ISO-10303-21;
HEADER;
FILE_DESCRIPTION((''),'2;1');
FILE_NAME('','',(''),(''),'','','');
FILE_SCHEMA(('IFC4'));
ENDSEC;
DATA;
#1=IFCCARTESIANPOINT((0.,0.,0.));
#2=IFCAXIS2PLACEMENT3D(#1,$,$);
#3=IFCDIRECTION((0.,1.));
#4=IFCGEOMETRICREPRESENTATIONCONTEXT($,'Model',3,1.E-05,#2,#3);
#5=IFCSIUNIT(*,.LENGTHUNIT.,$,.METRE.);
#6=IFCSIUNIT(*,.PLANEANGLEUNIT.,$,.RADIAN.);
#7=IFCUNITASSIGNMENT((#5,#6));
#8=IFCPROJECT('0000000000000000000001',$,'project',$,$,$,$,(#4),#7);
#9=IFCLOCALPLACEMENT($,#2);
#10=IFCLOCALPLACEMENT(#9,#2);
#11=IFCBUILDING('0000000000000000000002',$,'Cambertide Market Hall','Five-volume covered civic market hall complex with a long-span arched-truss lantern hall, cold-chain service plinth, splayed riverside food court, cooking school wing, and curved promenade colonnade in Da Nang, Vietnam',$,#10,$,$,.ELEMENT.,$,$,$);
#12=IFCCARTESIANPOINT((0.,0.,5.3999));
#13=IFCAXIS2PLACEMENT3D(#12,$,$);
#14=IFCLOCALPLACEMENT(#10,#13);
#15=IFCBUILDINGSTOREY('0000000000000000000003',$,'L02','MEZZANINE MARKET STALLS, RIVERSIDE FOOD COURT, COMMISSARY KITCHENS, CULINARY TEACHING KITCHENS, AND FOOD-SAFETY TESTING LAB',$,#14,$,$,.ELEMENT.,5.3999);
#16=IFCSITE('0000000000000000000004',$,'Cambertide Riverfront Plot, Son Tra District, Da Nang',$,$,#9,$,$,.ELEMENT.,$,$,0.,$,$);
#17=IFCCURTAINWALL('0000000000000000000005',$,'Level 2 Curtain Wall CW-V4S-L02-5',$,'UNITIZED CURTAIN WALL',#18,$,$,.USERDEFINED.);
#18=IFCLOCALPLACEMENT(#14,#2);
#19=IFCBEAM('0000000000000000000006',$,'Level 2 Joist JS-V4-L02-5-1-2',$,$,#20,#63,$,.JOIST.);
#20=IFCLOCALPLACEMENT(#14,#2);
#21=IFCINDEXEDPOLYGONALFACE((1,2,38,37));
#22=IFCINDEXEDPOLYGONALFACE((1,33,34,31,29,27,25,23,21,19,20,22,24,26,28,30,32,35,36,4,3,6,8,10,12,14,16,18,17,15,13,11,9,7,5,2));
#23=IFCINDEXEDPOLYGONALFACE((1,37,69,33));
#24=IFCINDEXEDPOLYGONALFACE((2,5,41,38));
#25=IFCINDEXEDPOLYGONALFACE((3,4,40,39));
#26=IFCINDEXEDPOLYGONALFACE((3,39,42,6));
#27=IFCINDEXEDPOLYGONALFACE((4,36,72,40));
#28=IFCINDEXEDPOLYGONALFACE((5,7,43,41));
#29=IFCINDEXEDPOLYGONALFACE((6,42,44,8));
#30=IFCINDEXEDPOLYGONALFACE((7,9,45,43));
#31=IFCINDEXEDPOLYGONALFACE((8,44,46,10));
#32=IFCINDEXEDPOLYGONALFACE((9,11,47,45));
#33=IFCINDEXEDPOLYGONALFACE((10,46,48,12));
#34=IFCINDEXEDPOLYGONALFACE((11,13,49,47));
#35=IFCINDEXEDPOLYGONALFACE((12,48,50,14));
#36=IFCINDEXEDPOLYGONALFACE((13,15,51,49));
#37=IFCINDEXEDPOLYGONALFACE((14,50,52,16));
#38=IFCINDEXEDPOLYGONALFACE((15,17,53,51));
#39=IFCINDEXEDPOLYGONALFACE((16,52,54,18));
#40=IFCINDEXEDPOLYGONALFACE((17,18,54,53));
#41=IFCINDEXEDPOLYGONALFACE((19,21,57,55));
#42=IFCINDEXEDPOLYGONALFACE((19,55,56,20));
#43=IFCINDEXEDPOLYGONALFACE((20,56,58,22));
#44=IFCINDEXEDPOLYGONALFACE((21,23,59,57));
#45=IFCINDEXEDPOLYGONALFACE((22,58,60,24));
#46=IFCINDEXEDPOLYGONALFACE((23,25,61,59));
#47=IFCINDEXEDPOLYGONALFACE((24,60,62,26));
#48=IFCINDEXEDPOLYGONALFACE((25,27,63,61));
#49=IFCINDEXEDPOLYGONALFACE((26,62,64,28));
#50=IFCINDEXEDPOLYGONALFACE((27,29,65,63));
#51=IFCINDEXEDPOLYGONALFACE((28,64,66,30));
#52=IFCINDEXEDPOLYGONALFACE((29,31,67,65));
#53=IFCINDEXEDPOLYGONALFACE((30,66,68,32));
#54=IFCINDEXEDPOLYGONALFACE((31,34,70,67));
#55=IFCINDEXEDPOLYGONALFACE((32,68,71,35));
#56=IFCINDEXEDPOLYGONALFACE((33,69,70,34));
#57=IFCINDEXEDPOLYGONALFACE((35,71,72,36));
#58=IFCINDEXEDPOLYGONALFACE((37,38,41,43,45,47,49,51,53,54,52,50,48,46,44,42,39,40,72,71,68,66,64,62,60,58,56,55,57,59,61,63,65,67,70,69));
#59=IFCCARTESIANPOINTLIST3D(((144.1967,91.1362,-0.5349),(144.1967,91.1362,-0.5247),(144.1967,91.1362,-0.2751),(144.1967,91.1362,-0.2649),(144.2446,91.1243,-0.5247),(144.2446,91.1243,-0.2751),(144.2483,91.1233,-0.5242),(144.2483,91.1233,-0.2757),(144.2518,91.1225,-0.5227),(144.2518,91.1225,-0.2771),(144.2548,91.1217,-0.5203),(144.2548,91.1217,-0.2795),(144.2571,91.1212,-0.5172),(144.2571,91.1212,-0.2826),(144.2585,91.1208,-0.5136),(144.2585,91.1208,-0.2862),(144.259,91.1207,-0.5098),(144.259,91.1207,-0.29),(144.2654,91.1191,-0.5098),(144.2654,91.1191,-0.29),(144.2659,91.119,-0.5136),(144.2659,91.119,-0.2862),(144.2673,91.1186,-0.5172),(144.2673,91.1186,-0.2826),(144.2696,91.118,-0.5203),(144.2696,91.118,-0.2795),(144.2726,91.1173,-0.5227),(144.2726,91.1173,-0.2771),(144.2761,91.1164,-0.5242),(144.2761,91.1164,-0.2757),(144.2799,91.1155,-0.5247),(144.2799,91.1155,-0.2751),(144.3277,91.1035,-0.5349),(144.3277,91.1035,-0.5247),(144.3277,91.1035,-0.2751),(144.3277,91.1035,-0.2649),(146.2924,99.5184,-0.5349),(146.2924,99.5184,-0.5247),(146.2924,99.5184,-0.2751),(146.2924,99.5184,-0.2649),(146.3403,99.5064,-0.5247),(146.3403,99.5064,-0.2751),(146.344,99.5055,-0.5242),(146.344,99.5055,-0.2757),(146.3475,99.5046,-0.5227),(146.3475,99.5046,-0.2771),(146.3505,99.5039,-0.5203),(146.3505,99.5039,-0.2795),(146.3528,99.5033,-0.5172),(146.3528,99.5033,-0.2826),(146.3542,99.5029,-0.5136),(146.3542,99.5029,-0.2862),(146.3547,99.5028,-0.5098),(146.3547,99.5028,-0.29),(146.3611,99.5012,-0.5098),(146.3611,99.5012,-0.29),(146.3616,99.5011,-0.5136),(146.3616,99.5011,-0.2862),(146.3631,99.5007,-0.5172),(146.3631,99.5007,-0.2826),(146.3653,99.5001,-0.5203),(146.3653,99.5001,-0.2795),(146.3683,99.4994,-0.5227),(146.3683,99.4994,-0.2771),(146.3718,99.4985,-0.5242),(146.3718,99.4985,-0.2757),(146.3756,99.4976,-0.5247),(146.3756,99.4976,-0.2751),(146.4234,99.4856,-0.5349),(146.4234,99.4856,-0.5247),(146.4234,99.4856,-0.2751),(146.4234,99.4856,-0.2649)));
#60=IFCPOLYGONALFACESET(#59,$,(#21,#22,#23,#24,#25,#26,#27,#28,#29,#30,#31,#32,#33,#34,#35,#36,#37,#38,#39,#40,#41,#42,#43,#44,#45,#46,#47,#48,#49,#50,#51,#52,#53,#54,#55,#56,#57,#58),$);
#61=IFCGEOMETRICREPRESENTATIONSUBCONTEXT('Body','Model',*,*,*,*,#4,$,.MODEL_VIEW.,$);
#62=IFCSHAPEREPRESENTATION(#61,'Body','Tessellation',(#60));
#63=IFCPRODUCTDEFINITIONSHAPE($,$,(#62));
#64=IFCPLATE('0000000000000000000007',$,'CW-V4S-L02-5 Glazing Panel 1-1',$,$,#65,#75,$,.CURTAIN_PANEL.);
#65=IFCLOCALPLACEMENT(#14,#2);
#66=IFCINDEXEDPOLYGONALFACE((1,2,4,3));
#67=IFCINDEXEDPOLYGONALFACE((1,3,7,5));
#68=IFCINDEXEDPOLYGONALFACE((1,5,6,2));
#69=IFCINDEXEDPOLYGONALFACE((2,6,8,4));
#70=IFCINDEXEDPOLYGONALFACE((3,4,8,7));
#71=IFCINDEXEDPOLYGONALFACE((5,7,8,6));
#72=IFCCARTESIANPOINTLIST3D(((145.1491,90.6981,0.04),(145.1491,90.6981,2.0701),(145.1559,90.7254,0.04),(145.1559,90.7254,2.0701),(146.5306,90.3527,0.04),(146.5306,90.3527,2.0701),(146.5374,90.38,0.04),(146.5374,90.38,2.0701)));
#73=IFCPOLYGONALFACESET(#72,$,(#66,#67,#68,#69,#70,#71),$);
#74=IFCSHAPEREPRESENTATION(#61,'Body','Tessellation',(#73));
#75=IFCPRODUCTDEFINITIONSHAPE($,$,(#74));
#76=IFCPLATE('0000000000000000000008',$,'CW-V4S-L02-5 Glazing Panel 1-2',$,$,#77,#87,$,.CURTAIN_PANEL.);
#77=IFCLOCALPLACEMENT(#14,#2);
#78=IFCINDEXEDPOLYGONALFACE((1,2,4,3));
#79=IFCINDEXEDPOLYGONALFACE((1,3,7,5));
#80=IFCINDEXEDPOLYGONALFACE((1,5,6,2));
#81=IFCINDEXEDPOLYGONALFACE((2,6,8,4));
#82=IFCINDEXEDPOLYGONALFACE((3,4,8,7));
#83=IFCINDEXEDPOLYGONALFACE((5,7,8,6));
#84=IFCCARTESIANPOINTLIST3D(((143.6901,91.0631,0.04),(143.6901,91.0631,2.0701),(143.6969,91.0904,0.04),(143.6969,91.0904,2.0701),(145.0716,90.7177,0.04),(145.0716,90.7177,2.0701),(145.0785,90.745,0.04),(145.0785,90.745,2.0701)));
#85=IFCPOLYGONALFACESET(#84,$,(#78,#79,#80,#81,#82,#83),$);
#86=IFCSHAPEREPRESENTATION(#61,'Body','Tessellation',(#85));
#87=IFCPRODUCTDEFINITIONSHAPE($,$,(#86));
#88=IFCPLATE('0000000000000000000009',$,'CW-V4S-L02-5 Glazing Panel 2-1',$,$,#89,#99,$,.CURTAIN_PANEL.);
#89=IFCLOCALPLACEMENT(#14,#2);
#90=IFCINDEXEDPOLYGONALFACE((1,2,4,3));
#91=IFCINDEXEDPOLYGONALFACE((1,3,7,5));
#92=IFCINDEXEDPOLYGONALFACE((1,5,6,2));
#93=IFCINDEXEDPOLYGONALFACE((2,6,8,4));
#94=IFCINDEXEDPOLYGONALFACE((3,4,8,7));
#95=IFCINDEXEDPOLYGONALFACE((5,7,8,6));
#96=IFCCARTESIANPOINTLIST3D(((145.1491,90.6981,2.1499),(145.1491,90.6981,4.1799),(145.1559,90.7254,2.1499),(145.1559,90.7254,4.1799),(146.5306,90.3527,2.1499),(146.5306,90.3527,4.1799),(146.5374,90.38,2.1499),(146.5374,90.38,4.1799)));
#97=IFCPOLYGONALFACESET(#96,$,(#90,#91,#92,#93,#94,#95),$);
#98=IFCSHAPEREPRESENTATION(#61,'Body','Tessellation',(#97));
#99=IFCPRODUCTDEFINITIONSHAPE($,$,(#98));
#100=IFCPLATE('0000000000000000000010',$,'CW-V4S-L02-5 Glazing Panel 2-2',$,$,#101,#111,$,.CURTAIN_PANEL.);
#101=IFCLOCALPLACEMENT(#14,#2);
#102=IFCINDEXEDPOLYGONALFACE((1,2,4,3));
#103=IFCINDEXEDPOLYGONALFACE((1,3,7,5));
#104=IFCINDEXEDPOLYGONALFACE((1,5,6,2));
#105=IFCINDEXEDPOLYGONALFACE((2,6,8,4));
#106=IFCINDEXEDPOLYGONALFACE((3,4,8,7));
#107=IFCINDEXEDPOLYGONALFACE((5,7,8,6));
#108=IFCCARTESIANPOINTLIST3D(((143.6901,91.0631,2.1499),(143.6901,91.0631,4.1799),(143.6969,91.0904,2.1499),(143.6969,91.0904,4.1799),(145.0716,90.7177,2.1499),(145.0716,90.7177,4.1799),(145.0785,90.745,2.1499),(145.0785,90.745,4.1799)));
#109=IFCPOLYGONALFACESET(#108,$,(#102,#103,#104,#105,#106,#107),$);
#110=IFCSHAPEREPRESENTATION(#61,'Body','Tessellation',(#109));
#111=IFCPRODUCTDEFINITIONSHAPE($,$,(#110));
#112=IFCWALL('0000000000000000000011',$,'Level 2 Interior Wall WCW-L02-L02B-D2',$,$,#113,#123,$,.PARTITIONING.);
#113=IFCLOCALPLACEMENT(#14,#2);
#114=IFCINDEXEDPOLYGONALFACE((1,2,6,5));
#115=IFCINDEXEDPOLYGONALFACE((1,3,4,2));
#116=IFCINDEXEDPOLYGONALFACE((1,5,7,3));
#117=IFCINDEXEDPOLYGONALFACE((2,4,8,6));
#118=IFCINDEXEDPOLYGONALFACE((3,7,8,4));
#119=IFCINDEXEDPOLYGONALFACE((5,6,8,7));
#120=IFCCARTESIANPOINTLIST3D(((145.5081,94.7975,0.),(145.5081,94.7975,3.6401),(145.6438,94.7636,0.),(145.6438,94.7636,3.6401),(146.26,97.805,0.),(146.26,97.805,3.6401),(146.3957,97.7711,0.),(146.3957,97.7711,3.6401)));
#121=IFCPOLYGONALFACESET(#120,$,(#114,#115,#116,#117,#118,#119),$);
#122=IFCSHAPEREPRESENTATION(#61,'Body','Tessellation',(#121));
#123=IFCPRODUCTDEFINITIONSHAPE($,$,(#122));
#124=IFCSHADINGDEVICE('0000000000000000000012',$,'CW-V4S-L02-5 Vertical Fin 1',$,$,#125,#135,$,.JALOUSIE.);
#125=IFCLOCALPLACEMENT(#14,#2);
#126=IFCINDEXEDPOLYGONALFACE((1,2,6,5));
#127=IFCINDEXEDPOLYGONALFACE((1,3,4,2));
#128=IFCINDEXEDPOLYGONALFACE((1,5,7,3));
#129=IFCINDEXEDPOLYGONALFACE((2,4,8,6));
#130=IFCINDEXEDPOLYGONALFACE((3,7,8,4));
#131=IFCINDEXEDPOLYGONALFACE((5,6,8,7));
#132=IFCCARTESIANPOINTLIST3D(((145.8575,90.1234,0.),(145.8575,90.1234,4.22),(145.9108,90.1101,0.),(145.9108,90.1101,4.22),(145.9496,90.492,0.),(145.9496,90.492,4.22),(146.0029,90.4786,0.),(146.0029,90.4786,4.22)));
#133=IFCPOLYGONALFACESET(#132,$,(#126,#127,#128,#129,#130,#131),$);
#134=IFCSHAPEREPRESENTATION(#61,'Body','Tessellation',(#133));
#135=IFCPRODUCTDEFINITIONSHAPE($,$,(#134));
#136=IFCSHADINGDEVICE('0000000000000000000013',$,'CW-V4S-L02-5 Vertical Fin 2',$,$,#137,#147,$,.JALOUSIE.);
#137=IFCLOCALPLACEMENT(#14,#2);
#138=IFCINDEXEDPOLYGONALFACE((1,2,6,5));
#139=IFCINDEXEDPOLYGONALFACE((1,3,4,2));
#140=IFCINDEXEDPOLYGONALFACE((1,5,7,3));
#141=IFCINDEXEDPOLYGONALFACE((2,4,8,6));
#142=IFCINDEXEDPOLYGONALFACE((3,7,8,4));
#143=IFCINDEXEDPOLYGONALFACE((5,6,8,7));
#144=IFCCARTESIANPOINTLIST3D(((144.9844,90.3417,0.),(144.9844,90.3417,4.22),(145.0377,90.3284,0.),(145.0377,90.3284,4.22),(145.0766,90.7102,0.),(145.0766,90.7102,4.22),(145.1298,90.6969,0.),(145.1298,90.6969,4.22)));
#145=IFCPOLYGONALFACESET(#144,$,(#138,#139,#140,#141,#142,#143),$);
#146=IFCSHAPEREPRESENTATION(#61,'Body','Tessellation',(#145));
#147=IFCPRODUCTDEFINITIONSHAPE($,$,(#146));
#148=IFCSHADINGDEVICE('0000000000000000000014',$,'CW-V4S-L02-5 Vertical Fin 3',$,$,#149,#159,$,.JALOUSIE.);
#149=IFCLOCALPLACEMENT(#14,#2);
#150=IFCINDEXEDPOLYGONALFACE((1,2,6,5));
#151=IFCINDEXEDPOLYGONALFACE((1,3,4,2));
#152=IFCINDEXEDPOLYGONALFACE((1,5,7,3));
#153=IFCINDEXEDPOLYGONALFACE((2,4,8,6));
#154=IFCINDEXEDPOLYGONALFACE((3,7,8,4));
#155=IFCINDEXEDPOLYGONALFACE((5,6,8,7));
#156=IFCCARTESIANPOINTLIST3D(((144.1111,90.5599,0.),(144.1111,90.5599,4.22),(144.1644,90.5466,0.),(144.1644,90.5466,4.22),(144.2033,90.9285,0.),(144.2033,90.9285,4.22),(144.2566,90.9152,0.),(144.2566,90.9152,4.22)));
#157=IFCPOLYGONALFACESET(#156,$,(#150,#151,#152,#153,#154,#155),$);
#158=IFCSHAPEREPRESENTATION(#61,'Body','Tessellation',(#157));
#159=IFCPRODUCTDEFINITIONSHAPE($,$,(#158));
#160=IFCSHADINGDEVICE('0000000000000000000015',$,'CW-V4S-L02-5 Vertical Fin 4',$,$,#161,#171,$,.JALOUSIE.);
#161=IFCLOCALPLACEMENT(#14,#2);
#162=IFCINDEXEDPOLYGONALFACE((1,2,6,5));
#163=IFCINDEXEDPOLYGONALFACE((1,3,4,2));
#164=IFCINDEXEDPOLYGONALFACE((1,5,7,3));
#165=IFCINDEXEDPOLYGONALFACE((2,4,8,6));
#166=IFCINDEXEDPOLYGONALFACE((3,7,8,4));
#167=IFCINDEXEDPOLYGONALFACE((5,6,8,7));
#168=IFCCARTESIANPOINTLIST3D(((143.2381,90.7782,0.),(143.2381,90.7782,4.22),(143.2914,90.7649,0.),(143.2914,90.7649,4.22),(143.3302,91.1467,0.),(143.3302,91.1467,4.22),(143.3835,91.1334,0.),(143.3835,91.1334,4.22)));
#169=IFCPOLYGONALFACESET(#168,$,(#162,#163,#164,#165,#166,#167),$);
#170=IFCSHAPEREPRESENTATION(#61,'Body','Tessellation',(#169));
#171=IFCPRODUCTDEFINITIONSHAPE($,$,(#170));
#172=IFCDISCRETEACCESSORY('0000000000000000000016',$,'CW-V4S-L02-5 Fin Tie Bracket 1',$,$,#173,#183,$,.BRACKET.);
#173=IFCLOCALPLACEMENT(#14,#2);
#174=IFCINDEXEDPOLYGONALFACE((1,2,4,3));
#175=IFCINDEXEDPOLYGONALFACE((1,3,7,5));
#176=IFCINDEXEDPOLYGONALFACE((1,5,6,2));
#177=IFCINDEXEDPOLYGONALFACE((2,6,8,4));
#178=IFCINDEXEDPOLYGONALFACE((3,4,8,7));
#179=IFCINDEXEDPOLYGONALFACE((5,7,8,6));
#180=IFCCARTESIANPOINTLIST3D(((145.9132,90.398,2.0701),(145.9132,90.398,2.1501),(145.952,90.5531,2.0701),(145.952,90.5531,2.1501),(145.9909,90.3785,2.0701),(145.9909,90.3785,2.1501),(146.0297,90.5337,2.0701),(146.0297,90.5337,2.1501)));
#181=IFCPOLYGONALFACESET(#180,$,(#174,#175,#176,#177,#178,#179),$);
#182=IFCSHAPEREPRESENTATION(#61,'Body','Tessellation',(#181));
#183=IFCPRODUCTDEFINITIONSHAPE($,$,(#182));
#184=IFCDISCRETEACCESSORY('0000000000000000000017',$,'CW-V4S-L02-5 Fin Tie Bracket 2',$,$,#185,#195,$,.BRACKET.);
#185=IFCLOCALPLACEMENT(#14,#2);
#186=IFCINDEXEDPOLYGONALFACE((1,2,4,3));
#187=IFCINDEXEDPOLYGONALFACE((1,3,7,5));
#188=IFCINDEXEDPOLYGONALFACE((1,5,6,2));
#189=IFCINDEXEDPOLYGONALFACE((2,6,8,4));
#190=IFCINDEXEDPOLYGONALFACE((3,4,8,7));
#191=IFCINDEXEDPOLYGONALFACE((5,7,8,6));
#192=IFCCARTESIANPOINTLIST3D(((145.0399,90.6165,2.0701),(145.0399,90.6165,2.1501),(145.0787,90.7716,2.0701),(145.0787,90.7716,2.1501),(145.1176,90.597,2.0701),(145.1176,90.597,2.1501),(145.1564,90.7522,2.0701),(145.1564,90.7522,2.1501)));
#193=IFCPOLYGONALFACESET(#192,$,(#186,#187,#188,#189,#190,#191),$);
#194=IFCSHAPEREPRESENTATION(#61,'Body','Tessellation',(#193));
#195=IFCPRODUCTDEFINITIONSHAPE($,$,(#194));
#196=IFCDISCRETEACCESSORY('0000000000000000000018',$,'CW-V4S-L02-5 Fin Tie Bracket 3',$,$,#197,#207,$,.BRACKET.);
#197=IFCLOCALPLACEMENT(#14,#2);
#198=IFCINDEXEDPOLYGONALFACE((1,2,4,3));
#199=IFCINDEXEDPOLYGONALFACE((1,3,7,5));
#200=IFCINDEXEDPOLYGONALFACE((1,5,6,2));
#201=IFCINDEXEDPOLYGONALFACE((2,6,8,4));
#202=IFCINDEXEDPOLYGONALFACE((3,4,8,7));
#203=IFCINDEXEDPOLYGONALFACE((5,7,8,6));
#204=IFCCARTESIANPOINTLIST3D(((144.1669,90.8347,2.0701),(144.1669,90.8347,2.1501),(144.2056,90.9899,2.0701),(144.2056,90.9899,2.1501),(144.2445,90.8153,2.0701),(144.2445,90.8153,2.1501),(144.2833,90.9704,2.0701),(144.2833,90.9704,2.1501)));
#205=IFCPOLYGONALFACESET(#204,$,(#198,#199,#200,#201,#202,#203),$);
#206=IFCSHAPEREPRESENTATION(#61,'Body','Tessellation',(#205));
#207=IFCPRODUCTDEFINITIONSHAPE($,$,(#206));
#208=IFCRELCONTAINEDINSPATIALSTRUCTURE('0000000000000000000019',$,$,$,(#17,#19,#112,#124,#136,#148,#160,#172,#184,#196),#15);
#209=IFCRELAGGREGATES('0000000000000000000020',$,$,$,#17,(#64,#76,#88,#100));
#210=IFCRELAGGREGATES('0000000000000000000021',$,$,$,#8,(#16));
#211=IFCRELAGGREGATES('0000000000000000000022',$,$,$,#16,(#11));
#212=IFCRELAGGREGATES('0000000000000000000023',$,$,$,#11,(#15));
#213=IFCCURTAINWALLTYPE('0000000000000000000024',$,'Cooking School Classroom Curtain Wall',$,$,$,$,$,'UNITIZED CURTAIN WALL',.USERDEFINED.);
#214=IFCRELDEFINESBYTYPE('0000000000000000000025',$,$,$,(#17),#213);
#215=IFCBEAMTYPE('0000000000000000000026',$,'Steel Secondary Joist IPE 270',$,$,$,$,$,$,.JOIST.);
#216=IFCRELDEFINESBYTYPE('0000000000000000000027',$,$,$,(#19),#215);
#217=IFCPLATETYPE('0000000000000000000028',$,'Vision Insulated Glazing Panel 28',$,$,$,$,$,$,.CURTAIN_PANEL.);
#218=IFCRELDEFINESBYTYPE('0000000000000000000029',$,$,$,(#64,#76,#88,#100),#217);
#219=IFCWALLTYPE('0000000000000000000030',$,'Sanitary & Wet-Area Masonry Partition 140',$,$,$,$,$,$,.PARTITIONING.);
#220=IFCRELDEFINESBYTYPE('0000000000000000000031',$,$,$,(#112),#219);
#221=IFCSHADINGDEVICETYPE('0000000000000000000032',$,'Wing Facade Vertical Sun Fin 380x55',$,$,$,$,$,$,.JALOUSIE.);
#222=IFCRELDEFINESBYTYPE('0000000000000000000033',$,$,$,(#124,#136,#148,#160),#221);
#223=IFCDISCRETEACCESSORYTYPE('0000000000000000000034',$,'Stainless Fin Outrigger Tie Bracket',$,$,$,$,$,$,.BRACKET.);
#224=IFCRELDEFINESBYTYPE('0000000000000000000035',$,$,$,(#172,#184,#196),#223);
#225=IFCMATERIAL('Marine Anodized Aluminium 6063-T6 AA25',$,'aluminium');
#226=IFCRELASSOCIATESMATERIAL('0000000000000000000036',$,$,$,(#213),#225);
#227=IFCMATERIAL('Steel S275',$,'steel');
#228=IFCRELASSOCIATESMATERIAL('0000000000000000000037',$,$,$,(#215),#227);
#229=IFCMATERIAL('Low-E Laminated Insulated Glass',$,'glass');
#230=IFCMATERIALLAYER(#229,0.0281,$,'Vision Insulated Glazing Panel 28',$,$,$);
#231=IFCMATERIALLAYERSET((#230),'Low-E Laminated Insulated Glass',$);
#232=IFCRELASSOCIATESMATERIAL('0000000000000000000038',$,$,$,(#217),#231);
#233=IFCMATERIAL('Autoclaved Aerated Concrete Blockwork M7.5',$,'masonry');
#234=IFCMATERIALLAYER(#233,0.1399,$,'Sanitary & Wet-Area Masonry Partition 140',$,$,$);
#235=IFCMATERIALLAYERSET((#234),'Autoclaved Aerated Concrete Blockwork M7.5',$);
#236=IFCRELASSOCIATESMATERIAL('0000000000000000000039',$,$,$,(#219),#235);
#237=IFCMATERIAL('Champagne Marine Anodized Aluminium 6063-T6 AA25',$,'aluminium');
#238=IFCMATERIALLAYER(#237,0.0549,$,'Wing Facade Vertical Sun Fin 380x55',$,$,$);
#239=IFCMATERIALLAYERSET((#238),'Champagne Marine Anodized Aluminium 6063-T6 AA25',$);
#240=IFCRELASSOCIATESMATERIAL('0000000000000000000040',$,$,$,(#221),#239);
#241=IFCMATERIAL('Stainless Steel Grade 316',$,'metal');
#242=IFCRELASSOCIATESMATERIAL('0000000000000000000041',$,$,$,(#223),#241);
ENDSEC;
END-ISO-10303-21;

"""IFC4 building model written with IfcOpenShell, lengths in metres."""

from ifc_helpers import new_model, si_unit, direction, frame, frame_2d, origin, origin_2d, place, context, subcontext, project, spatial, rectangle, i_section, extrude, material, layer, layer_set, material_profile, profile_set, type_object, element, aggregate, save


model = new_model("IFC4")

# Units and contexts
model_context = context("Model", 3, precision=1e-05, world=origin(), true_north=direction((0.0, 1.0)))
body_context = subcontext(model_context, "Body", "Model", "MODEL_VIEW")
ifc_project = project(units=[si_unit("LENGTHUNIT", "METRE"), si_unit("PLANEANGLEUNIT", "RADIAN")], contexts=[model_context])

# Site, building, storey
site_placement = place(None, origin())
site = spatial("IfcSite", under=ifc_project, at=site_placement, Name="Cambertide Riverfront Plot, Son Tra District, Da Nang", CompositionType="ELEMENT", RefElevation=0.0)
building_placement = place(site_placement, origin())
building = spatial("IfcBuilding", under=site, at=building_placement, Name="Cambertide Market Hall", Description="Five-volume covered civic market hall complex with a long-span arched-truss lantern hall, cold-chain service plinth, splayed riverside food court, cooking school wing, and curved promenade colonnade in Da Nang, Vietnam", CompositionType="ELEMENT")
storey_placement = place(building_placement, frame((0.0, 0.0, 5.3999)))
storey = spatial("IfcBuildingStorey", under=building, at=storey_placement, Name="L02", Description="MEZZANINE MARKET STALLS, RIVERSIDE FOOD COURT, COMMISSARY KITCHENS, CULINARY TEACHING KITCHENS, AND FOOD-SAFETY TESTING LAB", CompositionType="ELEMENT", Elevation=5.3999)

# Curtain wall
ifc_material_1 = material(Name="Marine Anodized Aluminium 6063-T6 AA25", Category="aluminium")
curtain_wall_type = type_object("IfcCurtainWallType", Name="Cooking School Classroom Curtain Wall", ElementType="UNITIZED CURTAIN WALL", PredefinedType="USERDEFINED", material=ifc_material_1)
curtain_wall_placement = place(storey_placement, origin())
curtain_wall = element("IfcCurtainWall", 1, at=curtain_wall_placement, inside=storey, type_object=curtain_wall_type, Name="Level 2 Curtain Wall CW-V4S-L02-5", ObjectType="UNITIZED CURTAIN WALL", PredefinedType="USERDEFINED")

# Beam
ifc_material_2 = material(Name="Steel S275", Category="steel")
ifc_material_profile_1 = material_profile(ifc_material_2, i_section(OverallWidth=0.135, OverallDepth=0.27, WebThickness=0.0066, FlangeThickness=0.0103, FilletRadius=0.0149, at=origin_2d()), Name="IPE 270")
ifc_profile_set_1 = profile_set([ifc_material_profile_1], Name="Steel S275")
beam_type_1 = type_object("IfcBeamType", Name="Steel Secondary Joist IPE 270", PredefinedType="JOIST", material=ifc_profile_set_1)
beam_1_placement = place(storey_placement, frame((144.2622, 91.1199, -0.3999), z_axis=(0.242556, 0.970138, 0.0), x_axis=(-0.970138, 0.242556, 0.0)))
element("IfcBeam", 2, at=beam_1_placement, inside=storey, type_object=beam_type_1, Name="Level 2 Joist JS-V4-L02-5-1-2", PredefinedType="JOIST", context=body_context, shape_type="SweptSolid", body=[
    extrude(i_section(OverallWidth=0.135, OverallDepth=0.27, WebThickness=0.0066, FlangeThickness=0.0103, FilletRadius=0.0149, at=origin_2d()), origin(), (0.0, 0.0, 1.0), 8.6401),
])

# Plates
ifc_material_3 = material(Name="Low-E Laminated Insulated Glass", Category="glass")
ifc_layer_1 = layer(ifc_material_3, 0.0281, Name="Vision Insulated Glazing Panel 28")
ifc_layer_set_1 = layer_set([ifc_layer_1], Name="Low-E Laminated Insulated Glass")
plate_type = type_object("IfcPlateType", Name="Vision Insulated Glazing Panel 28", PredefinedType="CURTAIN_PANEL", material=ifc_layer_set_1)
plate_1_placement = place(storey_placement, frame((145.8433, 90.5391, 0.04), z_axis=(0.0, 0.0, 1.0), x_axis=(-0.970143, 0.242535, 0.0)))
plate_1 = element("IfcPlate", 3, at=plate_1_placement, type_object=plate_type, Name="CW-V4S-L02-5 Glazing Panel 1-1", PredefinedType="CURTAIN_PANEL", context=body_context, shape_type="SweptSolid", body=[
    extrude(rectangle(XDim=1.4241, YDim=0.0281, at=origin_2d()), origin(), (0.0, 0.0, 1.0), 2.03),
])
plate_2_placement = place(storey_placement, frame((144.3843, 90.9041, 0.04), z_axis=(0.0, 0.0, 1.0), x_axis=(-0.970143, 0.242535, 0.0)))
plate_2 = element("IfcPlate", 4, at=plate_2_placement, type_object=plate_type, Name="CW-V4S-L02-5 Glazing Panel 1-2", PredefinedType="CURTAIN_PANEL", context=body_context, shape_type="SweptSolid", body=[
    extrude(rectangle(XDim=1.4241, YDim=0.0281, at=origin_2d()), origin(), (0.0, 0.0, 1.0), 2.03),
])
plate_3_placement = place(storey_placement, frame((145.8433, 90.5391, 2.1499), z_axis=(0.0, 0.0, 1.0), x_axis=(-0.970143, 0.242535, 0.0)))
plate_3 = element("IfcPlate", 5, at=plate_3_placement, type_object=plate_type, Name="CW-V4S-L02-5 Glazing Panel 2-1", PredefinedType="CURTAIN_PANEL", context=body_context, shape_type="SweptSolid", body=[
    extrude(rectangle(XDim=1.4241, YDim=0.0281, at=origin_2d()), origin(), (0.0, 0.0, 1.0), 2.03),
])
plate_4_placement = place(storey_placement, frame((144.3843, 90.9041, 2.1499), z_axis=(0.0, 0.0, 1.0), x_axis=(-0.970143, 0.242535, 0.0)))
plate_4 = element("IfcPlate", 6, at=plate_4_placement, type_object=plate_type, Name="CW-V4S-L02-5 Glazing Panel 2-2", PredefinedType="CURTAIN_PANEL", context=body_context, shape_type="SweptSolid", body=[
    extrude(rectangle(XDim=1.4241, YDim=0.0281, at=origin_2d()), origin(), (0.0, 0.0, 1.0), 2.03),
])
aggregate(curtain_wall, [plate_1, plate_2, plate_3, plate_4])

# Wall
ifc_material_4 = material(Name="Autoclaved Aerated Concrete Blockwork M7.5", Category="masonry")
ifc_layer_2 = layer(ifc_material_4, 0.1399, Name="Sanitary & Wet-Area Masonry Partition 140")
ifc_layer_set_2 = layer_set([ifc_layer_2], Name="Autoclaved Aerated Concrete Blockwork M7.5")
wall_type = type_object("IfcWallType", Name="Sanitary & Wet-Area Masonry Partition 140", PredefinedType="PARTITIONING", material=ifc_layer_set_2)
wall_placement = place(storey_placement, frame((145.5759, 94.7805, 0.0), z_axis=(0.0, 0.0, 1.0), x_axis=(0.242554, 0.970138, 0.0)))
element("IfcWall", 7, at=wall_placement, inside=storey, type_object=wall_type, Name="Level 2 Interior Wall WCW-L02-L02B-D2", PredefinedType="PARTITIONING", context=body_context, shape_type="SweptSolid", body=[
    extrude(rectangle(XDim=3.1001, YDim=0.1399, at=frame_2d((1.55, 0.0))), origin(), (0.0, 0.0, 1.0), 3.6401),
])

# Shading devices
ifc_material_5 = material(Name="Champagne Marine Anodized Aluminium 6063-T6 AA25", Category="aluminium")
ifc_layer_3 = layer(ifc_material_5, 0.0549, Name="Wing Facade Vertical Sun Fin 380x55")
ifc_layer_set_3 = layer_set([ifc_layer_3], Name="Champagne Marine Anodized Aluminium 6063-T6 AA25")
shading_device_type = type_object("IfcShadingDeviceType", Name="Wing Facade Vertical Sun Fin 380x55", PredefinedType="JALOUSIE", material=ifc_layer_set_3)
for number, where, z_axis, x_axis, name in (
    (8, (145.9302, 90.301, 0.0), (0.0, 0.0, 1.0), (-0.970143, 0.242535, 0.0), "CW-V4S-L02-5 Vertical Fin 1"),
    (9, (145.0571, 90.5193, 0.0), (0.0, 0.0, 1.0), (-0.970143, 0.242535, 0.0), "CW-V4S-L02-5 Vertical Fin 2"),
    (10, (144.1838, 90.7375, 0.0), (0.0, 0.0, 1.0), (-0.970143, 0.242535, 0.0), "CW-V4S-L02-5 Vertical Fin 3"),
    (11, (143.3108, 90.9558, 0.0), (0.0, 0.0, 1.0), (-0.970143, 0.242535, 0.0), "CW-V4S-L02-5 Vertical Fin 4"),
):
    element("IfcShadingDevice", number, at=place(storey_placement, frame(where, z_axis=z_axis, x_axis=x_axis)), inside=storey, type_object=shading_device_type, Name=name, PredefinedType="JALOUSIE", context=body_context, shape_type="SweptSolid", body=[
        extrude(rectangle(XDim=0.0549, YDim=0.3799, at=origin_2d()), origin(), (0.0, 0.0, 1.0), 4.22),
    ])

# Discrete accessories
ifc_material_6 = material(Name="Stainless Steel Grade 316", Category="metal")
discrete_accessory_type = type_object("IfcDiscreteAccessoryType", Name="Stainless Fin Outrigger Tie Bracket", PredefinedType="BRACKET", material=ifc_material_6)
for number, where, z_axis, x_axis, name in (
    (12, (145.9714, 90.4658, 2.0701), (0.0, 0.0, 1.0), (-0.970143, 0.242535, 0.0), "CW-V4S-L02-5 Fin Tie Bracket 1"),
    (13, (145.0981, 90.6843, 2.0701), (0.0, 0.0, 1.0), (-0.970143, 0.242535, 0.0), "CW-V4S-L02-5 Fin Tie Bracket 2"),
    (14, (144.2251, 90.9026, 2.0701), (0.0, 0.0, 1.0), (-0.970143, 0.242535, 0.0), "CW-V4S-L02-5 Fin Tie Bracket 3"),
):
    element("IfcDiscreteAccessory", number, at=place(storey_placement, frame(where, z_axis=z_axis, x_axis=x_axis)), inside=storey, type_object=discrete_accessory_type, Name=name, PredefinedType="BRACKET", context=body_context, shape_type="SweptSolid", body=[
        extrude(rectangle(XDim=0.0801, YDim=0.1599, at=origin_2d()), origin(), (0.0, 0.0, 1.0), 0.0801),
    ])

save(model, "model.ifc")
